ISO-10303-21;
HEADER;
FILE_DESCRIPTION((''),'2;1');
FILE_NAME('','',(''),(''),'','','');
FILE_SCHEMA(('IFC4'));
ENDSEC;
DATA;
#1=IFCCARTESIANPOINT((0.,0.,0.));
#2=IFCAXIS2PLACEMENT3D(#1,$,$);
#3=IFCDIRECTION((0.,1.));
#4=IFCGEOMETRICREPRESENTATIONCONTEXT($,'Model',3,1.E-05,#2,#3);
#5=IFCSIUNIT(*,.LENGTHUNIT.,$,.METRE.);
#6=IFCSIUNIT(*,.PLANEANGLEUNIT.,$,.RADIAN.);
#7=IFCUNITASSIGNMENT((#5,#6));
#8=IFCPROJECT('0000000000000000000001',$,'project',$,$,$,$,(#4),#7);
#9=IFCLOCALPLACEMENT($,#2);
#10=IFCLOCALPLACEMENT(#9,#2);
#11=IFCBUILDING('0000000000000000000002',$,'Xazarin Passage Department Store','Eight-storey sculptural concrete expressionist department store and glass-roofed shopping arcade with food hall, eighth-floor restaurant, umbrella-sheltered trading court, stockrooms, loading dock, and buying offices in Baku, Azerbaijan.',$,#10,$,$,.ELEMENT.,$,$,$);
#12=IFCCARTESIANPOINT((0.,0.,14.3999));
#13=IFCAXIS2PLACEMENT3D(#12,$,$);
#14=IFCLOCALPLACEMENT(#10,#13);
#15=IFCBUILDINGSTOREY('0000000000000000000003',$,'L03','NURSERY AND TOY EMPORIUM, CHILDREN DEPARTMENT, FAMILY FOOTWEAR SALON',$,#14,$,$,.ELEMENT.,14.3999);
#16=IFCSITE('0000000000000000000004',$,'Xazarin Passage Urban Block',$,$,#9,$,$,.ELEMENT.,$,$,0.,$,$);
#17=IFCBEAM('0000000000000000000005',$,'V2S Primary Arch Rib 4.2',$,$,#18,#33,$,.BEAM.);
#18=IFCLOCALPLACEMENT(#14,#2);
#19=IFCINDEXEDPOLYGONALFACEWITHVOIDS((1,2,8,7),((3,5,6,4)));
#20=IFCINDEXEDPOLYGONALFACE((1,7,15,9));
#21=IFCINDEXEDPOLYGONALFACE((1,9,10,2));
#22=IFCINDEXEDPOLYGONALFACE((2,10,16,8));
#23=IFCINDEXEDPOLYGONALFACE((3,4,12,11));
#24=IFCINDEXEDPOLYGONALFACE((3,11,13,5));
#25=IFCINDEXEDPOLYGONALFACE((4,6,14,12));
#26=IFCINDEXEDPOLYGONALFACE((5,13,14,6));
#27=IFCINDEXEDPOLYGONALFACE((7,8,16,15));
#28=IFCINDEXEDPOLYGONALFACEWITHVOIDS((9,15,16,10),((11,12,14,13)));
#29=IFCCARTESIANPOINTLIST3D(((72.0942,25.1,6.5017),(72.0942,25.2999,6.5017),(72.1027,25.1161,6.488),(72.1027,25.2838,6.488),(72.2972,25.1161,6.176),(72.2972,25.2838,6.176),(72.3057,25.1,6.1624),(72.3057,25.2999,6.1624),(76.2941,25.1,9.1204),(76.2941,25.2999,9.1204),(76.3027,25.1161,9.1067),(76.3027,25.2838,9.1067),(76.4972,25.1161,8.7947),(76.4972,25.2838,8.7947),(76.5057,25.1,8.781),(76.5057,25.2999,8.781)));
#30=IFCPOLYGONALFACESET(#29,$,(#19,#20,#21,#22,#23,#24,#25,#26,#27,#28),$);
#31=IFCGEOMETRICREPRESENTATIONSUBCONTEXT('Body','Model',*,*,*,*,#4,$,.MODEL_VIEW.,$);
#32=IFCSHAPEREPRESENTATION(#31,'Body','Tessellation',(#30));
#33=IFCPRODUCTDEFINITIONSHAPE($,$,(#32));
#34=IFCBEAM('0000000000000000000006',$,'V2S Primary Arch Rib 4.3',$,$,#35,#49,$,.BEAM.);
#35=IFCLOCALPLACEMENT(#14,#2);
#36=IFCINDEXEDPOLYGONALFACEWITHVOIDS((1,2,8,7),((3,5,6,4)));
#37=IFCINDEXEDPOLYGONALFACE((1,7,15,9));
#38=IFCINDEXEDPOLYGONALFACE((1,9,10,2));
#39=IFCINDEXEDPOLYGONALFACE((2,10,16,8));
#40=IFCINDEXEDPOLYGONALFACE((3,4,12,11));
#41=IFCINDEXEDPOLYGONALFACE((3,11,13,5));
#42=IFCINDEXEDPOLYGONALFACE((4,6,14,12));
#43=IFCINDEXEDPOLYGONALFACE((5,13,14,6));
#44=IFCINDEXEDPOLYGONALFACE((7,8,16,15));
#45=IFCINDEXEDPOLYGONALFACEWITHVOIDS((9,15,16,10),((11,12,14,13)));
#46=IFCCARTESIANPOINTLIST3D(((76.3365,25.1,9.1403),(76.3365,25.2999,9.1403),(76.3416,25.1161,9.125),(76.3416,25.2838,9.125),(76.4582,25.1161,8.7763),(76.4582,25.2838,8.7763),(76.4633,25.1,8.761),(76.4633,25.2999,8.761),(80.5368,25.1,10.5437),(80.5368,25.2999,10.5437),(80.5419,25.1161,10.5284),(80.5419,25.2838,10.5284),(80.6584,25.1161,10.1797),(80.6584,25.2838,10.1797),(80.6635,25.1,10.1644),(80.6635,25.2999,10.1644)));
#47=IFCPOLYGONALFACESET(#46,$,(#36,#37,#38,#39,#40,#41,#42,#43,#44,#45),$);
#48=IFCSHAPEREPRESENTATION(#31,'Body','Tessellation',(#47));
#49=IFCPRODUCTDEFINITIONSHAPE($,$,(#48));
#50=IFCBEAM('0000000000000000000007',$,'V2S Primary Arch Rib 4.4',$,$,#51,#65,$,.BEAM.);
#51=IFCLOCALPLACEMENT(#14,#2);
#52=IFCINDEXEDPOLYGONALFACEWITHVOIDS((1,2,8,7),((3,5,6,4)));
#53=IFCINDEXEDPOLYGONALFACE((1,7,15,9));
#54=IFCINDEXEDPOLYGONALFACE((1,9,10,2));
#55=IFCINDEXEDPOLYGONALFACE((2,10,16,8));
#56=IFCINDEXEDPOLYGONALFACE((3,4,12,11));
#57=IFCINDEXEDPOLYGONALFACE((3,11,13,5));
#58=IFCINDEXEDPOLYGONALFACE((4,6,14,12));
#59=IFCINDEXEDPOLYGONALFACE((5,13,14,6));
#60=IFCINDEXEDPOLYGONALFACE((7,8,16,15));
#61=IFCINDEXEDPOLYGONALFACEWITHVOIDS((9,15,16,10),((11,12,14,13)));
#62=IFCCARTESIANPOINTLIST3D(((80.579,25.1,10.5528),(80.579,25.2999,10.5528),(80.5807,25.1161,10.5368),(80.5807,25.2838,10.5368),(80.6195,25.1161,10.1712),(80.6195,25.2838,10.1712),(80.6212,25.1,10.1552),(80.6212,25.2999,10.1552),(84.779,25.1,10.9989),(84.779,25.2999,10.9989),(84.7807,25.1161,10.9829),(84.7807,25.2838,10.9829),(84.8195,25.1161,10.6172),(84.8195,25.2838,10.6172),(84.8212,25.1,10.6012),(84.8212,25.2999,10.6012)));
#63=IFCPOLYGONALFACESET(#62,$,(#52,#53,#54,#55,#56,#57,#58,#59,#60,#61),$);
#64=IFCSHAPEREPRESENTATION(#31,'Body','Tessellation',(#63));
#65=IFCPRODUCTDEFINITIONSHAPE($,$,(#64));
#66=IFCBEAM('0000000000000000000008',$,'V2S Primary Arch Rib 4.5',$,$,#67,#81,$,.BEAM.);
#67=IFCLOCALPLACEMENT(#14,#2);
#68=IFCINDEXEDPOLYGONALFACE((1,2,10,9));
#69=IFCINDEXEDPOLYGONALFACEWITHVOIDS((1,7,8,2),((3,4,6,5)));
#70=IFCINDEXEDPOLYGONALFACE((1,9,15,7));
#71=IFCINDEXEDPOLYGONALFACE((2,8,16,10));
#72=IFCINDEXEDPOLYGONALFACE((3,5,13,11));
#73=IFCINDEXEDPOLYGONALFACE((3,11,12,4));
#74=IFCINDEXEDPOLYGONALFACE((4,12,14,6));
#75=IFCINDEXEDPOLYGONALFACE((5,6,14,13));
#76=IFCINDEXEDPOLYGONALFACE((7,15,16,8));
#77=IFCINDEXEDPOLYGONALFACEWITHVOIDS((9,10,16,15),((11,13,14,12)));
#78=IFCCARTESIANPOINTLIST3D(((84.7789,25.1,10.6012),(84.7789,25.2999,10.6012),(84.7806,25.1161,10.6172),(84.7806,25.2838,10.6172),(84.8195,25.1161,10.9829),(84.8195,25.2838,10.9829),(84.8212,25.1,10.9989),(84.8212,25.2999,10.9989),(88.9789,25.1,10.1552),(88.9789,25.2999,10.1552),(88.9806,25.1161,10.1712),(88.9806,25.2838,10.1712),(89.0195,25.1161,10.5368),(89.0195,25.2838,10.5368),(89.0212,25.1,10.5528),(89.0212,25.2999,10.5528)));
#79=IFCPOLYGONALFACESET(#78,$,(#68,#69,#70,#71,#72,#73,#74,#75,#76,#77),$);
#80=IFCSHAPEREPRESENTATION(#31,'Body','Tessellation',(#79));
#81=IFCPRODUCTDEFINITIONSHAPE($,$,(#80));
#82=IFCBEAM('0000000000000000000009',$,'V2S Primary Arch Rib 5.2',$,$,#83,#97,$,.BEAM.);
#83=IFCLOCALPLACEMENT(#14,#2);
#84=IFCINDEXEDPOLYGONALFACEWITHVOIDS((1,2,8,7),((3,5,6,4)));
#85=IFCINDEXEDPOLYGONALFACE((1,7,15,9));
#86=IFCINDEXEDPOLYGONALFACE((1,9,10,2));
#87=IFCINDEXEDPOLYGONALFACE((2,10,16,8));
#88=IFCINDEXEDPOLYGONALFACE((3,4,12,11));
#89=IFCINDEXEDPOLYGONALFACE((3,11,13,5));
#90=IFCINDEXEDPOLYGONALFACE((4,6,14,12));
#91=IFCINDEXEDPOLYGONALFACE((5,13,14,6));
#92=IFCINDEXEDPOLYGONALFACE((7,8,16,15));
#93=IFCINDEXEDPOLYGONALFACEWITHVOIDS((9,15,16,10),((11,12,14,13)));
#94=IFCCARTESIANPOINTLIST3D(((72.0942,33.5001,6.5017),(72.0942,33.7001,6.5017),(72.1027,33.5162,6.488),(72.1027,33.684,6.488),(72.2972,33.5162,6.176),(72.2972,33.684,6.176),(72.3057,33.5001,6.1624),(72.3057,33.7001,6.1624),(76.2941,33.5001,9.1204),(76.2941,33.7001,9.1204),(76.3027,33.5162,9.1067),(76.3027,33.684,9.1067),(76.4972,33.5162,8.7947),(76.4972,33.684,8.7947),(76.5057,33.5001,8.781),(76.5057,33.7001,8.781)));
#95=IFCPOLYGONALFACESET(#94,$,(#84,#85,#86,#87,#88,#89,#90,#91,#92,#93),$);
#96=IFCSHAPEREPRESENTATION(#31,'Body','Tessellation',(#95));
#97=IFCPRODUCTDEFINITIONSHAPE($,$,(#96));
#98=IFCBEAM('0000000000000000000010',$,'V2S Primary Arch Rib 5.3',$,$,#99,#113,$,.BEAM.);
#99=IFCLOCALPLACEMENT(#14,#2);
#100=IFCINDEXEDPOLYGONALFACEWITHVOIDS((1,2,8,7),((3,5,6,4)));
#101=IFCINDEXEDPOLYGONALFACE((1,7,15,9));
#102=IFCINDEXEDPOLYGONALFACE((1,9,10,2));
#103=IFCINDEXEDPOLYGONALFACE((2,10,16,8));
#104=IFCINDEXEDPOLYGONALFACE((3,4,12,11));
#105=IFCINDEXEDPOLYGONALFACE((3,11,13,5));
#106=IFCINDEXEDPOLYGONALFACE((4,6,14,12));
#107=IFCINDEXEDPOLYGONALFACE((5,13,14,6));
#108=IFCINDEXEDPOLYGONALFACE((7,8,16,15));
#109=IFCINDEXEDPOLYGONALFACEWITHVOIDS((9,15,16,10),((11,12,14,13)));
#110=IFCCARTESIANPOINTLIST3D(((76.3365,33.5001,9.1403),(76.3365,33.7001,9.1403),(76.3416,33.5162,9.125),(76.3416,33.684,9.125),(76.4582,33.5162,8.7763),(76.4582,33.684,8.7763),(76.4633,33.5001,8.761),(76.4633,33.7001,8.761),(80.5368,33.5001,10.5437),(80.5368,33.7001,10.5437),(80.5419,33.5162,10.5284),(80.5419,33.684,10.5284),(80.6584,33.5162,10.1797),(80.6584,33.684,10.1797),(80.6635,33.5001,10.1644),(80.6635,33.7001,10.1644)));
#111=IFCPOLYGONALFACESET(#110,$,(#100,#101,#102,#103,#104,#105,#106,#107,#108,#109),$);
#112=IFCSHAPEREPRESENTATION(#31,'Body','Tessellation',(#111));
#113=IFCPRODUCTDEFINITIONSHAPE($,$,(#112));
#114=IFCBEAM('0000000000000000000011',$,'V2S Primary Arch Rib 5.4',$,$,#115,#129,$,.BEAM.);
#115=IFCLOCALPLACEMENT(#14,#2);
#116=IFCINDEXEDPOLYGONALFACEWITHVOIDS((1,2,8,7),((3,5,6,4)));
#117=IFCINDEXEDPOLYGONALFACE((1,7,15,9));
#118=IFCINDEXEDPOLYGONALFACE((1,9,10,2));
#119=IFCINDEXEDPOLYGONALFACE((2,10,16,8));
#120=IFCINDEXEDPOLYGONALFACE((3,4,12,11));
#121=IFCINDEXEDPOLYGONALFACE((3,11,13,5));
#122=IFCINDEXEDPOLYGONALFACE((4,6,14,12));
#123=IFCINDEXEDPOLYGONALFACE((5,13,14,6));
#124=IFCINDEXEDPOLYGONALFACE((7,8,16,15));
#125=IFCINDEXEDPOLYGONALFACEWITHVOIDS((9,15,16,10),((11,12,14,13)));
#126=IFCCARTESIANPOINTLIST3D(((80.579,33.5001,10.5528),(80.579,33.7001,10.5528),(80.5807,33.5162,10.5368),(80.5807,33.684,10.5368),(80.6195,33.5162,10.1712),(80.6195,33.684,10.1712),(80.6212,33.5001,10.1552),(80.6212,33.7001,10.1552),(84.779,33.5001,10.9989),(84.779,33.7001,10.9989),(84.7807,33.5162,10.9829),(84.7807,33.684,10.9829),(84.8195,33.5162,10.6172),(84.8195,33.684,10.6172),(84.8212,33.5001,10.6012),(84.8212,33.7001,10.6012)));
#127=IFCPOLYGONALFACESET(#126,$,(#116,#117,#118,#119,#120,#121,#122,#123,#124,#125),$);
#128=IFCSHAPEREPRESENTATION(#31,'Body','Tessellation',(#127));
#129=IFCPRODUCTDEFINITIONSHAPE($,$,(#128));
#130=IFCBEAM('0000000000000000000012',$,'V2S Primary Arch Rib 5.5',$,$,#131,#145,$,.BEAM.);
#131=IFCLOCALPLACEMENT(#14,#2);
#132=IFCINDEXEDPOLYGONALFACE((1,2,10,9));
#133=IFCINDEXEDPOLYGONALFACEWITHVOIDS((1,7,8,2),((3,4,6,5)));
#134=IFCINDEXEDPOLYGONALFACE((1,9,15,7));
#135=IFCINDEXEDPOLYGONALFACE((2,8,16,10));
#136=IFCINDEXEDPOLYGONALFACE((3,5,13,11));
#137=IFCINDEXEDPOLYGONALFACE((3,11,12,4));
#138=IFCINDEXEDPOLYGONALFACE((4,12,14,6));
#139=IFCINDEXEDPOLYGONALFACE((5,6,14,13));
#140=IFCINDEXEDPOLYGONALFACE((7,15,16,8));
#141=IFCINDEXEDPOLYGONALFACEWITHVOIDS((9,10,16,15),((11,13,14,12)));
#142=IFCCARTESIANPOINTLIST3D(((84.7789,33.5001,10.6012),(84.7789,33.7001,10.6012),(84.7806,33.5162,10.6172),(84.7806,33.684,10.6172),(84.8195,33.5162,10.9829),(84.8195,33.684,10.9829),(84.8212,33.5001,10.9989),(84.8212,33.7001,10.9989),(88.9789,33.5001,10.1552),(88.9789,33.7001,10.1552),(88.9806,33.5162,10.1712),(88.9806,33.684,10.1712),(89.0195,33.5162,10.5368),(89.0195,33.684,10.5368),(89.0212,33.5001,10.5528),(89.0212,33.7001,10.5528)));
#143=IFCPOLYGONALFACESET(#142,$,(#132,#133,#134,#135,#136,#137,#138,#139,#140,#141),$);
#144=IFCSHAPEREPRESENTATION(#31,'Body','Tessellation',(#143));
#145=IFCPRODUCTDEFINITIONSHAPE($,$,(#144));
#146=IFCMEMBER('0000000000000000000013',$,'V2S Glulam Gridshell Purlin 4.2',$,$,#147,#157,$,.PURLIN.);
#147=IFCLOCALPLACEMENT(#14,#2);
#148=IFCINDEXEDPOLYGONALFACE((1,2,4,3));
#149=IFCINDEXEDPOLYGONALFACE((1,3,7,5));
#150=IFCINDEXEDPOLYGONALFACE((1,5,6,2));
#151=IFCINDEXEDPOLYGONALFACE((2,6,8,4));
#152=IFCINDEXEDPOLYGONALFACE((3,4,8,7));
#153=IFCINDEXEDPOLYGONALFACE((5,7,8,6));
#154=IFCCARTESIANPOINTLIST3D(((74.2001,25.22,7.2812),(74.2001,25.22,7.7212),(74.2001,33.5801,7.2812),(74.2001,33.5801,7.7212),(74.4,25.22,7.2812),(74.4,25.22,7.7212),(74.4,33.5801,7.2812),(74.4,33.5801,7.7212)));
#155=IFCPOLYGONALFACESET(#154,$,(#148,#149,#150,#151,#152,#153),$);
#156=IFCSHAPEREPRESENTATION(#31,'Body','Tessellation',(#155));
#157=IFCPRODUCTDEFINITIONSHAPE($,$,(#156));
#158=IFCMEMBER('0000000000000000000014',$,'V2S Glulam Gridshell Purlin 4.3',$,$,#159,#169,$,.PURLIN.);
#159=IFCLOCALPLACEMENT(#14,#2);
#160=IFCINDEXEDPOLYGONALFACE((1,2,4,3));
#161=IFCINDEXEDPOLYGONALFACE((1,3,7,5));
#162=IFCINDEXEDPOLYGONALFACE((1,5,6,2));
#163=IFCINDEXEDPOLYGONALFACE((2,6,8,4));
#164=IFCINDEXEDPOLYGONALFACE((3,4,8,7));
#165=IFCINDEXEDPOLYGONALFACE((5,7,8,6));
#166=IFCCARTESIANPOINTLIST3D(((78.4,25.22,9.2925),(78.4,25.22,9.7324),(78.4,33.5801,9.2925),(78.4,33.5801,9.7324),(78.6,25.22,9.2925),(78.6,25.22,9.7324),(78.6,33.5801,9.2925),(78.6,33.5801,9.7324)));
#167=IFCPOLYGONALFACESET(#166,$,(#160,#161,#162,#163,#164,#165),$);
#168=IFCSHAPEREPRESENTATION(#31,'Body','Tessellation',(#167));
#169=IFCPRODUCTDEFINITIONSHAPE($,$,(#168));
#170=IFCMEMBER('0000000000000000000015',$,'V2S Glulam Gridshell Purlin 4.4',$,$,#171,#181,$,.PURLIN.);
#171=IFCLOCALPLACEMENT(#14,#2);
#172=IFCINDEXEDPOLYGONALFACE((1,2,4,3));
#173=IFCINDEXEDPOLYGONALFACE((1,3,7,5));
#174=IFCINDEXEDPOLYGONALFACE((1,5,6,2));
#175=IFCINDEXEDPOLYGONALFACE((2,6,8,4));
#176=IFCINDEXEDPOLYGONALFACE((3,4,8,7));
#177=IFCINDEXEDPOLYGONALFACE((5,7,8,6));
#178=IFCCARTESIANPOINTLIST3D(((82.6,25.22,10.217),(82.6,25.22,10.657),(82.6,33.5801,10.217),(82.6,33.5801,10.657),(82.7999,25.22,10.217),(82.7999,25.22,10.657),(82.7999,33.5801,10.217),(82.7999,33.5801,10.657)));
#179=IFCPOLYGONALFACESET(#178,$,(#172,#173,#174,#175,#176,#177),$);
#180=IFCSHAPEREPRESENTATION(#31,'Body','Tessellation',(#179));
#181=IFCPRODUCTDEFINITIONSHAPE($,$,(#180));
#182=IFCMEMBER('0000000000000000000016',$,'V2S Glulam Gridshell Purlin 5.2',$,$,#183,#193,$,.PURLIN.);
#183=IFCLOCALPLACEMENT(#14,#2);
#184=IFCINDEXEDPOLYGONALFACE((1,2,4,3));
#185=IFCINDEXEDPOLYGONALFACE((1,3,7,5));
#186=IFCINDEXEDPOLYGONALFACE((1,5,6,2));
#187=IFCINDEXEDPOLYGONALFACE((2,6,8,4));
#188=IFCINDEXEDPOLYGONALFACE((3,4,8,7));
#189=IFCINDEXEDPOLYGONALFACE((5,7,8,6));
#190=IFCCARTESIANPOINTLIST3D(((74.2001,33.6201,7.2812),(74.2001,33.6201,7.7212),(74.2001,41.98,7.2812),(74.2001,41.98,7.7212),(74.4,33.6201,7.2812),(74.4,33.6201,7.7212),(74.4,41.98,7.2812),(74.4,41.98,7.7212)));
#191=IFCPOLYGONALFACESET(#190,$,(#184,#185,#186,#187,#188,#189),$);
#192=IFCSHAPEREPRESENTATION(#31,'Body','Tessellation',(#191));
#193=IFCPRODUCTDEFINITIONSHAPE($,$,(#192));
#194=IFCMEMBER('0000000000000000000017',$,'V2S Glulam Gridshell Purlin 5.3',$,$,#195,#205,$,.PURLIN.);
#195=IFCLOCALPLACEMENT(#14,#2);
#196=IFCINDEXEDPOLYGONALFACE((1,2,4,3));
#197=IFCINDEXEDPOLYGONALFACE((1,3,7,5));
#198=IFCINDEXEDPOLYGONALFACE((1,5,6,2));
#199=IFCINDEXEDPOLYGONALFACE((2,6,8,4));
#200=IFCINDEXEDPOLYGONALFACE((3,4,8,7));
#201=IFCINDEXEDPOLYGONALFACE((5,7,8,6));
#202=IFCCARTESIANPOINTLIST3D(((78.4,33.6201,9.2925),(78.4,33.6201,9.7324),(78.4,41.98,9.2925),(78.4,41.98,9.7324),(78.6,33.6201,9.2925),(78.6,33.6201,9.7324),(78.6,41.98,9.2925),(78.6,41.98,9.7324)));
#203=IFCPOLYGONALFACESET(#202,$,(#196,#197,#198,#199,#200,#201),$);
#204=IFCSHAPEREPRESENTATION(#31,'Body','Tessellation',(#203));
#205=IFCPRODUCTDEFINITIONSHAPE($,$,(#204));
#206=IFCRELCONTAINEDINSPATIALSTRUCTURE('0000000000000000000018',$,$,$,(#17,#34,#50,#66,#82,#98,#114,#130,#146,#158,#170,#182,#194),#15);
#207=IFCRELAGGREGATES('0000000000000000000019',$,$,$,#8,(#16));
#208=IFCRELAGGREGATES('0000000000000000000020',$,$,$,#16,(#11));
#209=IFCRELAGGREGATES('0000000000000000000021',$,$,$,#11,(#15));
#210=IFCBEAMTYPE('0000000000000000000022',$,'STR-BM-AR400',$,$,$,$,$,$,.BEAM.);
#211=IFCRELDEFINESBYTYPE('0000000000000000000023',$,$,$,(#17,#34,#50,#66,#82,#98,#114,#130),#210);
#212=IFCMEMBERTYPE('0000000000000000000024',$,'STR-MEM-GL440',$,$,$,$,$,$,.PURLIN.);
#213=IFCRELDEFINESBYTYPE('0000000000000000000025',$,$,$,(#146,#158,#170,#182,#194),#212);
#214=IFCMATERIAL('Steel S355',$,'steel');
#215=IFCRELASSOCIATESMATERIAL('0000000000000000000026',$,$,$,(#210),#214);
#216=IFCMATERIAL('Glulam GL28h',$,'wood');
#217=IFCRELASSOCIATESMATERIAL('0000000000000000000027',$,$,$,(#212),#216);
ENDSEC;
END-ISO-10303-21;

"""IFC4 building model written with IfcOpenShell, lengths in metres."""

from ifc_helpers import new_model, si_unit, direction, frame, origin, origin_2d, place, context, subcontext, project, spatial, rectangle, hollow_rectangle, extrude, material, material_profile, profile_set, type_object, element, save


model = new_model("IFC4")

# Units and contexts
model_context = context("Model", 3, precision=1e-05, world=origin(), true_north=direction((0.0, 1.0)))
body_context = subcontext(model_context, "Body", "Model", "MODEL_VIEW")
ifc_project = project(units=[si_unit("LENGTHUNIT", "METRE"), si_unit("PLANEANGLEUNIT", "RADIAN")], contexts=[model_context])

# Site, building, storey
site_placement = place(None, origin())
site = spatial("IfcSite", under=ifc_project, at=site_placement, Name="Xazarin Passage Urban Block", CompositionType="ELEMENT", RefElevation=0.0)
building_placement = place(site_placement, origin())
building = spatial("IfcBuilding", under=site, at=building_placement, Name="Xazarin Passage Department Store", Description="Eight-storey sculptural concrete expressionist department store and glass-roofed shopping arcade with food hall, eighth-floor restaurant, umbrella-sheltered trading court, stockrooms, loading dock, and buying offices in Baku, Azerbaijan.", CompositionType="ELEMENT")
storey_placement = place(building_placement, frame((0.0, 0.0, 14.3999)))
storey = spatial("IfcBuildingStorey", under=building, at=storey_placement, Name="L03", Description="NURSERY AND TOY EMPORIUM, CHILDREN DEPARTMENT, FAMILY FOOTWEAR SALON", CompositionType="ELEMENT", Elevation=14.3999)

# Beams
ifc_material_1 = material(Name="Steel S355", Category="steel")
ifc_material_profile_1 = material_profile(ifc_material_1, hollow_rectangle(XDim=0.2, YDim=0.3999, WallThickness=0.0161, at=origin_2d()), Name="RHS 400x200x16")
ifc_profile_set_1 = profile_set([ifc_material_profile_1], Name="Steel S355")
beam_type = type_object("IfcBeamType", Name="STR-BM-AR400", PredefinedType="BEAM", material=ifc_profile_set_1)
beam_1_placement = place(storey_placement, frame((72.2, 25.2, 6.332), z_axis=(0.848571, 0.0, 0.529081), x_axis=(0.0, 1.0, 0.0)))
element("IfcBeam", 1, at=beam_1_placement, inside=storey, type_object=beam_type, Name="V2S Primary Arch Rib 4.2", PredefinedType="BEAM", context=body_context, shape_type="SweptSolid", body=[
    extrude(hollow_rectangle(XDim=0.2, YDim=0.3999, WallThickness=0.0161, at=origin_2d()), origin(), (0.0, 0.0, 1.0), 4.9495),
])
beam_2_placement = place(storey_placement, frame((76.3999, 25.2, 8.9507), z_axis=(0.948463, 0.0, 0.316889), x_axis=(0.0, 1.0, 0.0)))
element("IfcBeam", 2, at=beam_2_placement, inside=storey, type_object=beam_type, Name="V2S Primary Arch Rib 4.3", PredefinedType="BEAM", context=body_context, shape_type="SweptSolid", body=[
    extrude(hollow_rectangle(XDim=0.2, YDim=0.3999, WallThickness=0.0161, at=origin_2d()), origin(), (0.0, 0.0, 1.0), 4.4285),
])
for number, where, z_axis, x_axis, name in (
    (3, (80.6001, 25.2, 10.354), (0.994408, 0.0, 0.105608), (0.0, 1.0, 0.0), "V2S Primary Arch Rib 4.4"),
    (4, (84.8, 25.2, 10.8), (0.994408, 0.0, -0.105608), (0.0, 1.0, 0.0), "V2S Primary Arch Rib 4.5"),
):
    element("IfcBeam", number, at=place(storey_placement, frame(where, z_axis=z_axis, x_axis=x_axis)), inside=storey, type_object=beam_type, Name=name, PredefinedType="BEAM", context=body_context, shape_type="SweptSolid", body=[
        extrude(hollow_rectangle(XDim=0.2, YDim=0.3999, WallThickness=0.0161, at=origin_2d()), origin(), (0.0, 0.0, 1.0), 4.2236),
    ])
beam_3_placement = place(storey_placement, frame((72.2, 33.6001, 6.332), z_axis=(0.848571, 0.0, 0.529081), x_axis=(0.0, 1.0, 0.0)))
element("IfcBeam", 5, at=beam_3_placement, inside=storey, type_object=beam_type, Name="V2S Primary Arch Rib 5.2", PredefinedType="BEAM", context=body_context, shape_type="SweptSolid", body=[
    extrude(hollow_rectangle(XDim=0.2, YDim=0.3999, WallThickness=0.0161, at=origin_2d()), origin(), (0.0, 0.0, 1.0), 4.9495),
])
beam_4_placement = place(storey_placement, frame((76.3999, 33.6001, 8.9507), z_axis=(0.948463, 0.0, 0.316889), x_axis=(0.0, 1.0, 0.0)))
element("IfcBeam", 6, at=beam_4_placement, inside=storey, type_object=beam_type, Name="V2S Primary Arch Rib 5.3", PredefinedType="BEAM", context=body_context, shape_type="SweptSolid", body=[
    extrude(hollow_rectangle(XDim=0.2, YDim=0.3999, WallThickness=0.0161, at=origin_2d()), origin(), (0.0, 0.0, 1.0), 4.4285),
])
for number, where, z_axis, x_axis, name in (
    (7, (80.6001, 33.6001, 10.354), (0.994408, 0.0, 0.105608), (0.0, 1.0, 0.0), "V2S Primary Arch Rib 5.4"),
    (8, (84.8, 33.6001, 10.8), (0.994408, 0.0, -0.105608), (0.0, 1.0, 0.0), "V2S Primary Arch Rib 5.5"),
):
    element("IfcBeam", number, at=place(storey_placement, frame(where, z_axis=z_axis, x_axis=x_axis)), inside=storey, type_object=beam_type, Name=name, PredefinedType="BEAM", context=body_context, shape_type="SweptSolid", body=[
        extrude(hollow_rectangle(XDim=0.2, YDim=0.3999, WallThickness=0.0161, at=origin_2d()), origin(), (0.0, 0.0, 1.0), 4.2236),
    ])

# Members
ifc_material_2 = material(Name="Glulam GL28h", Category="wood")
ifc_material_profile_2 = material_profile(ifc_material_2, rectangle(XDim=0.2, YDim=0.4399, at=origin_2d()), Name="GL28h 200x440")
ifc_profile_set_2 = profile_set([ifc_material_profile_2], Name="Glulam GL28h")
member_type_1 = type_object("IfcMemberType", Name="STR-MEM-GL440", PredefinedType="PURLIN", material=ifc_profile_set_2)
for number, where, z_axis, x_axis, name in (
    (9, (74.3, 25.22, 7.5012), (0.0, 1.0, 0.0), (-1.0, 0.0, 0.0), "V2S Glulam Gridshell Purlin 4.2"),
    (10, (78.5, 25.22, 9.5125), (0.0, 1.0, 0.0), (-1.0, 0.0, 0.0), "V2S Glulam Gridshell Purlin 4.3"),
    (11, (82.7, 25.22, 10.437), (0.0, 1.0, 0.0), (-1.0, 0.0, 0.0), "V2S Glulam Gridshell Purlin 4.4"),
):
    element("IfcMember", number, at=place(storey_placement, frame(where, z_axis=z_axis, x_axis=x_axis)), inside=storey, type_object=member_type_1, Name=name, PredefinedType="PURLIN", context=body_context, shape_type="SweptSolid", body=[
        extrude(rectangle(XDim=0.2, YDim=0.4399, at=origin_2d()), origin(), (0.0, 0.0, 1.0), 8.3601),
    ])
for number, where, z_axis, x_axis, name in (
    (12, (74.3, 33.6201, 7.5012), (0.0, 1.0, 0.0), (-1.0, 0.0, 0.0), "V2S Glulam Gridshell Purlin 5.2"),
    (13, (78.5, 33.6201, 9.5125), (0.0, 1.0, 0.0), (-1.0, 0.0, 0.0), "V2S Glulam Gridshell Purlin 5.3"),
):
    element("IfcMember", number, at=place(storey_placement, frame(where, z_axis=z_axis, x_axis=x_axis)), inside=storey, type_object=member_type_1, Name=name, PredefinedType="PURLIN", context=body_context, shape_type="SweptSolid", body=[
        extrude(rectangle(XDim=0.2, YDim=0.4399, at=origin_2d()), origin(), (0.0, 0.0, 1.0), 8.3599),
    ])

save(model, "model.ifc")
